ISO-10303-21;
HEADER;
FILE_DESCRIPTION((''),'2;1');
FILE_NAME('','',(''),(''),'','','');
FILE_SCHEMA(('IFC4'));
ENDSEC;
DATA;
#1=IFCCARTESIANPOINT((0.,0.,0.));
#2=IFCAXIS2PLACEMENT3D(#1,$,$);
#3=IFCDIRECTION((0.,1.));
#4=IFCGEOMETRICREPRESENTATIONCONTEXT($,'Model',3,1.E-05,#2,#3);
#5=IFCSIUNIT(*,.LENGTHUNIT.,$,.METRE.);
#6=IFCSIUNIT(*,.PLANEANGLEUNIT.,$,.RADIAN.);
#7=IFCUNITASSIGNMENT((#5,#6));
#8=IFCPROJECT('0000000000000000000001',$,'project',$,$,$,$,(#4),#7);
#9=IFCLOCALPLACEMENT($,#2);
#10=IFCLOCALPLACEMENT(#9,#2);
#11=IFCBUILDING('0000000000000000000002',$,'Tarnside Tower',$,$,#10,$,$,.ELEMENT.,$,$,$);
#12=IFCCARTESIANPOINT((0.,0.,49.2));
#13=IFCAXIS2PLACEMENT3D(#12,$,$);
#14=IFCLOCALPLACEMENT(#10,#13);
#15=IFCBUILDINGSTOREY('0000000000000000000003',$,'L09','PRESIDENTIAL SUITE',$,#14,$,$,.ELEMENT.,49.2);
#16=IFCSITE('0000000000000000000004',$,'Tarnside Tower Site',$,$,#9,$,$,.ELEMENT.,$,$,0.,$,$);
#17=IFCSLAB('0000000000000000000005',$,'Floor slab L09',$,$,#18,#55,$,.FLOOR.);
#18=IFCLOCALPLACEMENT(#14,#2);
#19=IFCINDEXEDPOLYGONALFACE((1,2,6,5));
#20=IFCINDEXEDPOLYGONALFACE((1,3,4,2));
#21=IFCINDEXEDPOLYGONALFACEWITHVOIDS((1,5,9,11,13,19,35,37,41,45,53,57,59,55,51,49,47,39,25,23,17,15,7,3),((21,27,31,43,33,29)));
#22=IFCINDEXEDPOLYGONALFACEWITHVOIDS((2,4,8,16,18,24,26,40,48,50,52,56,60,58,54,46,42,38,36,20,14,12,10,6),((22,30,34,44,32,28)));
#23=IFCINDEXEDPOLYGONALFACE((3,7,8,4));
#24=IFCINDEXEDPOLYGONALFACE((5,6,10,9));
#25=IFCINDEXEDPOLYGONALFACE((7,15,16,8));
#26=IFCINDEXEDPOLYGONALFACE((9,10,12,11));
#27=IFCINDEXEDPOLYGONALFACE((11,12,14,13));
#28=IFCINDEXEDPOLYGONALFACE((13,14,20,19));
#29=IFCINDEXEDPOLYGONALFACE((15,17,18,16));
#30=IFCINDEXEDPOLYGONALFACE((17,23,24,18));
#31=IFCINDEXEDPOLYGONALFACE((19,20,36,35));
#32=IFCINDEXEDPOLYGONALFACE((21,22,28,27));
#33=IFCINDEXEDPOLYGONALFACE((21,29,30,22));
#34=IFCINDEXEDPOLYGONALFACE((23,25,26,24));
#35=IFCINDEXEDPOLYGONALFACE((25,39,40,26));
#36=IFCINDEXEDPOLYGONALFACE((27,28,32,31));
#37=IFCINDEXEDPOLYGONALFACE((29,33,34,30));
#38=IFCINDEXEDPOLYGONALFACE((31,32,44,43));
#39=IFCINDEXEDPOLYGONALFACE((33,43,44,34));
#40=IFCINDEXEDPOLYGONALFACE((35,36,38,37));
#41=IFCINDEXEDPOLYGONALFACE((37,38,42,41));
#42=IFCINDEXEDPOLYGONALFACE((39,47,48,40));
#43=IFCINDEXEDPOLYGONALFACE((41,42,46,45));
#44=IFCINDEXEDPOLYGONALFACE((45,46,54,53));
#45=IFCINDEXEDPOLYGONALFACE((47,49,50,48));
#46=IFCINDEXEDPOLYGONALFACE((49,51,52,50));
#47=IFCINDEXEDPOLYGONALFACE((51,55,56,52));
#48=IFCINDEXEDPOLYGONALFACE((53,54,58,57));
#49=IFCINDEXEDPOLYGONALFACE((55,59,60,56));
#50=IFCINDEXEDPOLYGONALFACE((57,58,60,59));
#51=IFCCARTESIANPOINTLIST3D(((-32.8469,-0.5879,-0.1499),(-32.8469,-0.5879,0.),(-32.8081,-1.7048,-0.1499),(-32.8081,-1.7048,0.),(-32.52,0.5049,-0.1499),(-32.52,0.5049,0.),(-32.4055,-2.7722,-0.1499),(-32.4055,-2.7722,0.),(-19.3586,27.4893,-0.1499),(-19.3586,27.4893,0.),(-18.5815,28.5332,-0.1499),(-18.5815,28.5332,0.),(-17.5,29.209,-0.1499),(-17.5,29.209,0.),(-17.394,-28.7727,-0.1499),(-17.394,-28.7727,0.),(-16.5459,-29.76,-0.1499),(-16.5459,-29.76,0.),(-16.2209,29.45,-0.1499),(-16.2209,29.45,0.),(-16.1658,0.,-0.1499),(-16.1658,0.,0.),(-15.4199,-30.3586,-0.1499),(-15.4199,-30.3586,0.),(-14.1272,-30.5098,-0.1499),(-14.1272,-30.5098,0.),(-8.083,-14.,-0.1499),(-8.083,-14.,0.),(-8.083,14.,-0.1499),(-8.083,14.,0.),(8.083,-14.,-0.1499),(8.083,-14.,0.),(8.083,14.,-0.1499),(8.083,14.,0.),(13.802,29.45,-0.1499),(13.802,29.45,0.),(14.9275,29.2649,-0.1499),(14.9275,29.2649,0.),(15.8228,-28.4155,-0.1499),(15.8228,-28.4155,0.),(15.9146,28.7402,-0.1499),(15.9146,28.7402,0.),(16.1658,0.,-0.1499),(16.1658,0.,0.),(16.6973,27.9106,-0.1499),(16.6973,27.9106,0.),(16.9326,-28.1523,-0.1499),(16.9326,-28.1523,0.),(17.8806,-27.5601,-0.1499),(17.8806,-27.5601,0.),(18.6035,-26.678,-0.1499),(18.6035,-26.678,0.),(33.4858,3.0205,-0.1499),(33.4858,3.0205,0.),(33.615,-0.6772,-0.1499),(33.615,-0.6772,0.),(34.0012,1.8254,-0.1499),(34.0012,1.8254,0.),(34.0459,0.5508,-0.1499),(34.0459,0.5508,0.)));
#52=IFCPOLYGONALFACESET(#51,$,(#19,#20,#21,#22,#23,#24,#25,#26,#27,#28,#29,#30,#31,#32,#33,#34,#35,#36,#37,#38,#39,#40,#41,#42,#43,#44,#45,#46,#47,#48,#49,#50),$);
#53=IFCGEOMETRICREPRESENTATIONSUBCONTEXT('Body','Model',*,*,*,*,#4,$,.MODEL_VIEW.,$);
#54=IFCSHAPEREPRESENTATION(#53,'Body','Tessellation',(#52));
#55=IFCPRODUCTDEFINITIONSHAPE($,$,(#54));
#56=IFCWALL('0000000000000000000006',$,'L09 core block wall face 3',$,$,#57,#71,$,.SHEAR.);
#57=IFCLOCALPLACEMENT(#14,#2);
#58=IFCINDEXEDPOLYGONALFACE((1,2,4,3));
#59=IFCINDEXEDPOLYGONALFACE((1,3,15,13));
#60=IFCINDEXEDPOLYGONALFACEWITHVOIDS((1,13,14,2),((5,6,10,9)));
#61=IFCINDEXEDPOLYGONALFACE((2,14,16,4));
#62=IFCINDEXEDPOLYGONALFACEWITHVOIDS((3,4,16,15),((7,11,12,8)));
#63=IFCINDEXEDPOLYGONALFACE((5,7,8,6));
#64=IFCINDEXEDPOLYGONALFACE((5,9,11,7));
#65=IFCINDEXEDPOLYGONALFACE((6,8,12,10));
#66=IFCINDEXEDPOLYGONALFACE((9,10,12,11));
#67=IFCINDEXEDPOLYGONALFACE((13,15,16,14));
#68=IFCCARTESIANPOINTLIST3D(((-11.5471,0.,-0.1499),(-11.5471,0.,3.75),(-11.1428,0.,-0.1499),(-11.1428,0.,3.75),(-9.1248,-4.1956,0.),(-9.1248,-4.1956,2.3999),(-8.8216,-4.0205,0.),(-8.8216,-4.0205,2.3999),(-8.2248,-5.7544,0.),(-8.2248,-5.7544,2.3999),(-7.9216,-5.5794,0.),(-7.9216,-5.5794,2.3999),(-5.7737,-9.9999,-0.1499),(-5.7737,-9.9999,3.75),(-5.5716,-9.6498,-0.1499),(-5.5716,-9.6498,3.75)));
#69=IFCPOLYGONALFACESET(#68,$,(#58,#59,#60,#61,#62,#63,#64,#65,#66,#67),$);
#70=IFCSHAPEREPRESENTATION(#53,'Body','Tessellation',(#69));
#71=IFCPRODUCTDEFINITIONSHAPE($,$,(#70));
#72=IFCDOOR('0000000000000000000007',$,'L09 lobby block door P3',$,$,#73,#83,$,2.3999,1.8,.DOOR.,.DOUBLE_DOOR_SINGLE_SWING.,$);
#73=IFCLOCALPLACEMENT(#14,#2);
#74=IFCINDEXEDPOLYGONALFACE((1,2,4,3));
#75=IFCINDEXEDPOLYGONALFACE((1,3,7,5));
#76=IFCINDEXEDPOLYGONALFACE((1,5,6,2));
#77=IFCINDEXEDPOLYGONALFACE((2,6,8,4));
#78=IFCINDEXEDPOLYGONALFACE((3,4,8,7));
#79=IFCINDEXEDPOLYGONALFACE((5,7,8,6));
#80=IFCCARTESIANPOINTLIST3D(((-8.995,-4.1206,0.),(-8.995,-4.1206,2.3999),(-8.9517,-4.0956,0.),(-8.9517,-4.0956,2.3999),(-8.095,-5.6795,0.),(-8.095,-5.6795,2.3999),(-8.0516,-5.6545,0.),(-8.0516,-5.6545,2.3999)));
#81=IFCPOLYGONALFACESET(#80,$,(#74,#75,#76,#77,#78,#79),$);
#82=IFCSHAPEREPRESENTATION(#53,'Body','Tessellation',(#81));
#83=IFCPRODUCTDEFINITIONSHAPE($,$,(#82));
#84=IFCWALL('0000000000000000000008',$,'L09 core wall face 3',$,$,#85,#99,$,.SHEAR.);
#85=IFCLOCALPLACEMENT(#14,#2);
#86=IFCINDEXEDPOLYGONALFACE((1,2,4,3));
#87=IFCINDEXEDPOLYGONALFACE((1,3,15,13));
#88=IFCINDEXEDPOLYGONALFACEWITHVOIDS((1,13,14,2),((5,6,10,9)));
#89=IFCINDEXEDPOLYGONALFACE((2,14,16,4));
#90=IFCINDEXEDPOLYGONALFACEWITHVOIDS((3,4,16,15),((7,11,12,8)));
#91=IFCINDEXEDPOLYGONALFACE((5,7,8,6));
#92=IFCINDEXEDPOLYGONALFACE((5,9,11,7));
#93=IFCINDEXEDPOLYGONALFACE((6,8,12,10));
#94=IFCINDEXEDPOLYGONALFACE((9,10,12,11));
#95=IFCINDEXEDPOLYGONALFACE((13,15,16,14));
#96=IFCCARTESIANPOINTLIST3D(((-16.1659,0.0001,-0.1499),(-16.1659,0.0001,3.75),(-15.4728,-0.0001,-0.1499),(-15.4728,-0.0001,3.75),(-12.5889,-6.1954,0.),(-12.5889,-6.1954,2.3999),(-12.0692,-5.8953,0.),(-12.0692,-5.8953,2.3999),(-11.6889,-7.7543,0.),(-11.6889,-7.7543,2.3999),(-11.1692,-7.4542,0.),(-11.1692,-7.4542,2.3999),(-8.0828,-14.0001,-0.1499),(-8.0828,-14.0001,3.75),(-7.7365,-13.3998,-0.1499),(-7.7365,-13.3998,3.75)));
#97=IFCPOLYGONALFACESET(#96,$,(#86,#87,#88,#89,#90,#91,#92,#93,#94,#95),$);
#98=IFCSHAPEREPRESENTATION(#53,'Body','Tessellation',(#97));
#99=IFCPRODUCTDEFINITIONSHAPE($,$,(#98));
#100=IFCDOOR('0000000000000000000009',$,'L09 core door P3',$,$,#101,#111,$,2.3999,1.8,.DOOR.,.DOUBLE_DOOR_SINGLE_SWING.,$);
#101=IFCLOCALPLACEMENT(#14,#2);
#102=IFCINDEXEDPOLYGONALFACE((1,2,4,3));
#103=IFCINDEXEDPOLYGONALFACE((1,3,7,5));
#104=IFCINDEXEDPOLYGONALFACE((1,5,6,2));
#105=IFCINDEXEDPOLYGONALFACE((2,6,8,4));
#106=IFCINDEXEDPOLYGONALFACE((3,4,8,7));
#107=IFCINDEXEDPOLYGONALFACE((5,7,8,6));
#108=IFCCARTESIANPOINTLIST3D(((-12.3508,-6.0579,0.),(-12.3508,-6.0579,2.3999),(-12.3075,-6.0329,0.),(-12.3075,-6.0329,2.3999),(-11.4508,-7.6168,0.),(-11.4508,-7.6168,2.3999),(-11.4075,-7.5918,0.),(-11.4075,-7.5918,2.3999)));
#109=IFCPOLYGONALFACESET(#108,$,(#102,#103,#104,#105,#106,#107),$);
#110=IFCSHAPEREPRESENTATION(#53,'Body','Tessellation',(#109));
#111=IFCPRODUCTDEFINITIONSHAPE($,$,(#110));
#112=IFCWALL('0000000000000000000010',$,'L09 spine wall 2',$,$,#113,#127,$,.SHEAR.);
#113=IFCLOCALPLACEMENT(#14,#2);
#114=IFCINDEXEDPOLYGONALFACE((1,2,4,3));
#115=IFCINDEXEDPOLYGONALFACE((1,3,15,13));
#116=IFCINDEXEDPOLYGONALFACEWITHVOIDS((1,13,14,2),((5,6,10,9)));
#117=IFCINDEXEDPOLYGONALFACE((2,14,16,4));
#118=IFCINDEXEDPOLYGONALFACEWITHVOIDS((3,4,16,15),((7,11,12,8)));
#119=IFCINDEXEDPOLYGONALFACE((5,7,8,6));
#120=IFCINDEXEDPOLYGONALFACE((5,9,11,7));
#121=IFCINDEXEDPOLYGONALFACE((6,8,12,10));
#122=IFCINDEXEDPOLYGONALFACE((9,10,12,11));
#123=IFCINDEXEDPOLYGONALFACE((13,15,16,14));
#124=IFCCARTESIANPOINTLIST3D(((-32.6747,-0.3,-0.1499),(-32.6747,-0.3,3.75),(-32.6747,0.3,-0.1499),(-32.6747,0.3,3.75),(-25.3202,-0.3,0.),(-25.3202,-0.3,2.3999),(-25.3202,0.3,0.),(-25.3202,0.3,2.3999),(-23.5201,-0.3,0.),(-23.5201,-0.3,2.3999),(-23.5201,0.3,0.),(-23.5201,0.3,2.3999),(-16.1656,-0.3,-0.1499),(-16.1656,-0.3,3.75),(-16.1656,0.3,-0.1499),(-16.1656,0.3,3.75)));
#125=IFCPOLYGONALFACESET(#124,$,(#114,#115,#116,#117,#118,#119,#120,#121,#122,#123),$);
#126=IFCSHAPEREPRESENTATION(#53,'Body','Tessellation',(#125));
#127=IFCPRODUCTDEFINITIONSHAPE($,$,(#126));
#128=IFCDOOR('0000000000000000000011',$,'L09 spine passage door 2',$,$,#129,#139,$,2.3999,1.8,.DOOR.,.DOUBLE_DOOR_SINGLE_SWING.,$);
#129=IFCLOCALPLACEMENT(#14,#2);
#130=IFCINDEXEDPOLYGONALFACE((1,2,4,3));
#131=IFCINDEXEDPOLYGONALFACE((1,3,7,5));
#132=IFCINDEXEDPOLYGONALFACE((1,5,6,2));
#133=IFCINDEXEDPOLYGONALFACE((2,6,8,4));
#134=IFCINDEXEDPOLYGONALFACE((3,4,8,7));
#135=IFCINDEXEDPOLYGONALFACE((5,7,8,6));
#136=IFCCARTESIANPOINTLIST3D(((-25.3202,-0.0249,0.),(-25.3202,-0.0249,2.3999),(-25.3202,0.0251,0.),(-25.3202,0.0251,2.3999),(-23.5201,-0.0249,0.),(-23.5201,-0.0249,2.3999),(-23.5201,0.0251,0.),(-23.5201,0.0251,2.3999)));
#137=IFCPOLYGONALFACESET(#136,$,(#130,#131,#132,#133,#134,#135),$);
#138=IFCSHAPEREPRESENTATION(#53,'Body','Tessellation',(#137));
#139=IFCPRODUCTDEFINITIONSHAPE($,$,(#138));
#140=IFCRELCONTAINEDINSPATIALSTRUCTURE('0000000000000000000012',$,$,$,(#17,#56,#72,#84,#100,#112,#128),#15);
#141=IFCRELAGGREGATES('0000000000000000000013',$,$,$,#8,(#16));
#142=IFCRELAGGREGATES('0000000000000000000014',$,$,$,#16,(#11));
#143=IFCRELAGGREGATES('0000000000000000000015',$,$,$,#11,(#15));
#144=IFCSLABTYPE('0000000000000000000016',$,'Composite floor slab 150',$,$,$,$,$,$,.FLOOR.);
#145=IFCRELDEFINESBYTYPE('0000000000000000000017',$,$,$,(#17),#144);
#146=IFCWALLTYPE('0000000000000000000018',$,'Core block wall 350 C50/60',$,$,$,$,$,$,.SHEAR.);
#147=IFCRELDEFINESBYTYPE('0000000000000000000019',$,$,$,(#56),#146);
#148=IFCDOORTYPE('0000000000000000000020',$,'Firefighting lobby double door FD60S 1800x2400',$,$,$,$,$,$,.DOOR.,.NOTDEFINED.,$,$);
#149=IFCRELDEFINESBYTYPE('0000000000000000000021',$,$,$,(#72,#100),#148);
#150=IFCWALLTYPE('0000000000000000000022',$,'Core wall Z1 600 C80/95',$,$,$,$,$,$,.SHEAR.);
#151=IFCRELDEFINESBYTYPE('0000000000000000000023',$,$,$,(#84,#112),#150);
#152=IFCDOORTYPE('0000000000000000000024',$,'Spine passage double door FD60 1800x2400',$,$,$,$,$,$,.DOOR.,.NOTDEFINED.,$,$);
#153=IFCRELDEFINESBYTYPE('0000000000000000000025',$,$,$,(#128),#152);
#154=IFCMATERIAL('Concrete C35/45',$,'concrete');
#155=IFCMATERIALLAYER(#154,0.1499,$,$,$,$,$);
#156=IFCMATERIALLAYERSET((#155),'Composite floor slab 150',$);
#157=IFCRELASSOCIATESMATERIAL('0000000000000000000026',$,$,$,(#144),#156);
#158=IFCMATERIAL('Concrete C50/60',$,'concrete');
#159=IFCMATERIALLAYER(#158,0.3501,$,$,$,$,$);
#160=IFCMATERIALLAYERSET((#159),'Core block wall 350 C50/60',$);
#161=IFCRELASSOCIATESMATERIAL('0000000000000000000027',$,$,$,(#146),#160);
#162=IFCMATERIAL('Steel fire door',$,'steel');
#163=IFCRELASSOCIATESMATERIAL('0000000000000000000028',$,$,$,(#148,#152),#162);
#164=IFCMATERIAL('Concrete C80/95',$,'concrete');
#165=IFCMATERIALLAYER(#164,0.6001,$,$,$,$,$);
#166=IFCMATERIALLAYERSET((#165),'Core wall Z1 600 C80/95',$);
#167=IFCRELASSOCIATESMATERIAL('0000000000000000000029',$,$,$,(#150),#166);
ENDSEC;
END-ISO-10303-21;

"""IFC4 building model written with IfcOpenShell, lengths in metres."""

from ifc_helpers import new_model, si_unit, direction, frame, frame_2d, origin, place, context, subcontext, project, spatial, polyline, rectangle, outline, extrude, material, layer, layer_set, type_object, element, fill, save


model = new_model("IFC4")

# Units and contexts
model_context = context("Model", 3, precision=1e-05, world=origin(), true_north=direction((0.0, 1.0)))
body_context = subcontext(model_context, "Body", "Model", "MODEL_VIEW")
ifc_project = project(units=[si_unit("LENGTHUNIT", "METRE"), si_unit("PLANEANGLEUNIT", "RADIAN")], contexts=[model_context])

# Site, building, storey
site_placement = place(None, origin())
site = spatial("IfcSite", under=ifc_project, at=site_placement, Name="Tarnside Tower Site", CompositionType="ELEMENT", RefElevation=0.0)
building_placement = place(site_placement, origin())
building = spatial("IfcBuilding", under=site, at=building_placement, Name="Tarnside Tower", CompositionType="ELEMENT")
storey_placement = place(building_placement, frame((0.0, 0.0, 49.2)))
storey = spatial("IfcBuildingStorey", under=building, at=storey_placement, Name="L09", Description="PRESIDENTIAL SUITE", CompositionType="ELEMENT", Elevation=49.2)

# Slab
ifc_material_1 = material(Name="Concrete C35/45", Category="concrete")
ifc_layer_1 = layer(ifc_material_1, 0.1499)
ifc_layer_set_1 = layer_set([ifc_layer_1], Name="Composite floor slab 150")
slab_type = type_object("IfcSlabType", Name="Composite floor slab 150", PredefinedType="FLOOR", material=ifc_layer_set_1)
slab_placement = place(storey_placement, frame((0.0, 0.0, -0.1499)))
element("IfcSlab", 1, at=slab_placement, inside=storey, type_object=slab_type, Name="Floor slab L09", PredefinedType="FLOOR", context=body_context, shape_type="SweptSolid", body=[
    extrude(outline(polyline([(14.9275, 29.2649), (15.9146, 28.7402), (16.6973, 27.9106), (33.4858, 3.0205), (34.0012, 1.8254), (34.0459, 0.5508), (33.615, -0.6772), (18.6035, -26.678), (17.8806, -27.5601), (16.9326, -28.1523), (15.8228, -28.4155), (-14.1272, -30.5098), (-15.4199, -30.3586), (-16.5459, -29.76), (-17.394, -28.7727), (-32.4055, -2.7722), (-32.8081, -1.7048), (-32.8469, -0.5879), (-32.52, 0.5049), (-19.3586, 27.4893), (-18.5815, 28.5332), (-17.5, 29.209), (-16.2209, 29.45), (13.802, 29.45), (14.9275, 29.2649)]), holes=[polyline([(-16.1658, 0.0), (-8.083, -14.0), (8.083, -14.0), (16.1658, 0.0), (8.083, 14.0), (-8.083, 14.0), (-16.1658, 0.0)])]), origin(), (0.0, 0.0, 1.0), 0.1499),
])

# Walls, openings, doors
ifc_material_2 = material(Name="Concrete C50/60", Category="concrete")
ifc_layer_2 = layer(ifc_material_2, 0.3501)
ifc_layer_set_2 = layer_set([ifc_layer_2], Name="Core block wall 350 C50/60")
wall_type_1 = type_object("IfcWallType", Name="Core block wall 350 C50/60", PredefinedType="SHEAR", material=ifc_layer_set_2)
wall_1_placement = place(storey_placement, frame((-11.345, 0.0, -0.1499), z_axis=(0.0, 0.0, 1.0), x_axis=(0.499995, -0.866028, 0.0)))
wall_1 = element("IfcWall", 2, at=wall_1_placement, inside=storey, type_object=wall_type_1, Name="L09 core block wall face 3", PredefinedType="SHEAR", context=body_context, shape_type="SweptSolid", body=[
    extrude(outline(polyline([(-0.1011, -0.175), (11.4458, -0.175), (11.2437, 0.175), (0.1011, 0.175), (-0.1011, -0.175)])), origin(), (0.0, 0.0, 1.0), 3.8999),
])
opening_1_placement = place(wall_1_placement, frame((4.7437, 0.0, 0.1499)))
opening_1 = element("IfcOpeningElement", 3, at=opening_1_placement, cuts=wall_1, PredefinedType="OPENING", context=body_context, shape_type="SweptSolid", body=[
    extrude(rectangle(XDim=1.8, YDim=2.3999, at=frame_2d((0.8999, 1.2))), frame((0.0, 0.1851, 0.0), z_axis=(0.0, -1.0, 0.0), x_axis=(1.0, 0.0, 0.0)), (0.0, 0.0, 1.0), 0.3701),
])
ifc_material_3 = material(Name="Steel fire door", Category="steel")
door_type_1 = type_object("IfcDoorType", Name="Firefighting lobby double door FD60S 1800x2400", OperationType="NOTDEFINED", PredefinedType="DOOR", material=ifc_material_3)
door_1_placement = place(opening_1_placement, origin())
door_1 = element("IfcDoor", 4, at=door_1_placement, inside=storey, type_object=door_type_1, Name="L09 lobby block door P3", OperationType="DOUBLE_DOOR_SINGLE_SWING", OverallHeight=2.3999, OverallWidth=1.8, PredefinedType="DOOR", context=body_context, shape_type="SweptSolid", body=[
    extrude(rectangle(XDim=1.8, YDim=2.3999, at=frame_2d((0.8999, 1.2))), frame((0.0, 0.0249, 0.0), z_axis=(0.0, -1.0, 0.0), x_axis=(1.0, 0.0, 0.0)), (0.0, 0.0, 1.0), 0.05),
])
fill(opening_1, door_1)
ifc_material_4 = material(Name="Concrete C80/95", Category="concrete")
ifc_layer_3 = layer(ifc_material_4, 0.6001)
ifc_layer_set_3 = layer_set([ifc_layer_3], Name="Core wall Z1 600 C80/95")
wall_type_2 = type_object("IfcWallType", Name="Core wall Z1 600 C80/95", PredefinedType="SHEAR", material=ifc_layer_set_3)
wall_2_placement = place(storey_placement, frame((-15.8193, 0.0, -0.1499), z_axis=(0.0, 0.0, 1.0), x_axis=(0.5, -0.866025, 0.0)))
wall_2 = element("IfcWall", 5, at=wall_2_placement, inside=storey, type_object=wall_type_2, Name="L09 core wall face 3", PredefinedType="SHEAR", context=body_context, shape_type="SweptSolid", body=[
    extrude(outline(polyline([(-0.1733, -0.3), (15.9927, -0.3), (15.646, 0.3), (0.1733, 0.3), (-0.1733, -0.3)])), origin(), (0.0, 0.0, 1.0), 3.8999),
])
opening_2_placement = place(wall_2_placement, frame((6.9807, 0.0, 0.1499)))
opening_2 = element("IfcOpeningElement", 6, at=opening_2_placement, cuts=wall_2, PredefinedType="OPENING", context=body_context, shape_type="SweptSolid", body=[
    extrude(rectangle(XDim=1.8, YDim=2.3999, at=frame_2d((0.8999, 1.2))), frame((0.0, 0.3101, 0.0), z_axis=(0.0, -1.0, 0.0), x_axis=(1.0, 0.0, 0.0)), (0.0, 0.0, 1.0), 0.6201),
])
door_2_placement = place(opening_2_placement, origin())
door_2 = element("IfcDoor", 7, at=door_2_placement, inside=storey, type_object=door_type_1, Name="L09 core door P3", OperationType="DOUBLE_DOOR_SINGLE_SWING", OverallHeight=2.3999, OverallWidth=1.8, PredefinedType="DOOR", context=body_context, shape_type="SweptSolid", body=[
    extrude(rectangle(XDim=1.8, YDim=2.3999, at=frame_2d((0.8999, 1.2))), frame((0.0, 0.0249, 0.0), z_axis=(0.0, -1.0, 0.0), x_axis=(1.0, 0.0, 0.0)), (0.0, 0.0, 1.0), 0.05),
])
fill(opening_2, door_2)
wall_3_placement = place(storey_placement, frame((-16.1658, 0.0, -0.1499), z_axis=(0.0, 0.0, 1.0), x_axis=(-1.0, 0.0, 0.0)))
wall_3 = element("IfcWall", 8, at=wall_3_placement, inside=storey, type_object=wall_type_2, Name="L09 spine wall 2", PredefinedType="SHEAR", context=body_context, shape_type="SweptSolid", body=[
    extrude(rectangle(XDim=16.509, YDim=0.6001, at=frame_2d((8.2544, 0.0))), origin(), (0.0, 0.0, 1.0), 3.8999),
])
opening_3_placement = place(wall_3_placement, frame((7.3545, 0.0, 0.1499)))
opening_3 = element("IfcOpeningElement", 9, at=opening_3_placement, cuts=wall_3, PredefinedType="OPENING", context=body_context, shape_type="SweptSolid", body=[
    extrude(rectangle(XDim=1.8, YDim=2.3999, at=frame_2d((0.8999, 1.2))), frame((0.0, 0.3101, 0.0), z_axis=(0.0, -1.0, 0.0), x_axis=(1.0, 0.0, 0.0)), (0.0, 0.0, 1.0), 0.6201),
])
door_type_2 = type_object("IfcDoorType", Name="Spine passage double door FD60 1800x2400", OperationType="NOTDEFINED", PredefinedType="DOOR", material=ifc_material_3)
door_3_placement = place(opening_3_placement, origin())
door_3 = element("IfcDoor", 10, at=door_3_placement, inside=storey, type_object=door_type_2, Name="L09 spine passage door 2", OperationType="DOUBLE_DOOR_SINGLE_SWING", OverallHeight=2.3999, OverallWidth=1.8, PredefinedType="DOOR", context=body_context, shape_type="SweptSolid", body=[
    extrude(rectangle(XDim=1.8, YDim=2.3999, at=frame_2d((0.8999, 1.2))), frame((0.0, 0.0249, 0.0), z_axis=(0.0, -1.0, 0.0), x_axis=(1.0, 0.0, 0.0)), (0.0, 0.0, 1.0), 0.05),
])
fill(opening_3, door_3)

save(model, "model.ifc")
